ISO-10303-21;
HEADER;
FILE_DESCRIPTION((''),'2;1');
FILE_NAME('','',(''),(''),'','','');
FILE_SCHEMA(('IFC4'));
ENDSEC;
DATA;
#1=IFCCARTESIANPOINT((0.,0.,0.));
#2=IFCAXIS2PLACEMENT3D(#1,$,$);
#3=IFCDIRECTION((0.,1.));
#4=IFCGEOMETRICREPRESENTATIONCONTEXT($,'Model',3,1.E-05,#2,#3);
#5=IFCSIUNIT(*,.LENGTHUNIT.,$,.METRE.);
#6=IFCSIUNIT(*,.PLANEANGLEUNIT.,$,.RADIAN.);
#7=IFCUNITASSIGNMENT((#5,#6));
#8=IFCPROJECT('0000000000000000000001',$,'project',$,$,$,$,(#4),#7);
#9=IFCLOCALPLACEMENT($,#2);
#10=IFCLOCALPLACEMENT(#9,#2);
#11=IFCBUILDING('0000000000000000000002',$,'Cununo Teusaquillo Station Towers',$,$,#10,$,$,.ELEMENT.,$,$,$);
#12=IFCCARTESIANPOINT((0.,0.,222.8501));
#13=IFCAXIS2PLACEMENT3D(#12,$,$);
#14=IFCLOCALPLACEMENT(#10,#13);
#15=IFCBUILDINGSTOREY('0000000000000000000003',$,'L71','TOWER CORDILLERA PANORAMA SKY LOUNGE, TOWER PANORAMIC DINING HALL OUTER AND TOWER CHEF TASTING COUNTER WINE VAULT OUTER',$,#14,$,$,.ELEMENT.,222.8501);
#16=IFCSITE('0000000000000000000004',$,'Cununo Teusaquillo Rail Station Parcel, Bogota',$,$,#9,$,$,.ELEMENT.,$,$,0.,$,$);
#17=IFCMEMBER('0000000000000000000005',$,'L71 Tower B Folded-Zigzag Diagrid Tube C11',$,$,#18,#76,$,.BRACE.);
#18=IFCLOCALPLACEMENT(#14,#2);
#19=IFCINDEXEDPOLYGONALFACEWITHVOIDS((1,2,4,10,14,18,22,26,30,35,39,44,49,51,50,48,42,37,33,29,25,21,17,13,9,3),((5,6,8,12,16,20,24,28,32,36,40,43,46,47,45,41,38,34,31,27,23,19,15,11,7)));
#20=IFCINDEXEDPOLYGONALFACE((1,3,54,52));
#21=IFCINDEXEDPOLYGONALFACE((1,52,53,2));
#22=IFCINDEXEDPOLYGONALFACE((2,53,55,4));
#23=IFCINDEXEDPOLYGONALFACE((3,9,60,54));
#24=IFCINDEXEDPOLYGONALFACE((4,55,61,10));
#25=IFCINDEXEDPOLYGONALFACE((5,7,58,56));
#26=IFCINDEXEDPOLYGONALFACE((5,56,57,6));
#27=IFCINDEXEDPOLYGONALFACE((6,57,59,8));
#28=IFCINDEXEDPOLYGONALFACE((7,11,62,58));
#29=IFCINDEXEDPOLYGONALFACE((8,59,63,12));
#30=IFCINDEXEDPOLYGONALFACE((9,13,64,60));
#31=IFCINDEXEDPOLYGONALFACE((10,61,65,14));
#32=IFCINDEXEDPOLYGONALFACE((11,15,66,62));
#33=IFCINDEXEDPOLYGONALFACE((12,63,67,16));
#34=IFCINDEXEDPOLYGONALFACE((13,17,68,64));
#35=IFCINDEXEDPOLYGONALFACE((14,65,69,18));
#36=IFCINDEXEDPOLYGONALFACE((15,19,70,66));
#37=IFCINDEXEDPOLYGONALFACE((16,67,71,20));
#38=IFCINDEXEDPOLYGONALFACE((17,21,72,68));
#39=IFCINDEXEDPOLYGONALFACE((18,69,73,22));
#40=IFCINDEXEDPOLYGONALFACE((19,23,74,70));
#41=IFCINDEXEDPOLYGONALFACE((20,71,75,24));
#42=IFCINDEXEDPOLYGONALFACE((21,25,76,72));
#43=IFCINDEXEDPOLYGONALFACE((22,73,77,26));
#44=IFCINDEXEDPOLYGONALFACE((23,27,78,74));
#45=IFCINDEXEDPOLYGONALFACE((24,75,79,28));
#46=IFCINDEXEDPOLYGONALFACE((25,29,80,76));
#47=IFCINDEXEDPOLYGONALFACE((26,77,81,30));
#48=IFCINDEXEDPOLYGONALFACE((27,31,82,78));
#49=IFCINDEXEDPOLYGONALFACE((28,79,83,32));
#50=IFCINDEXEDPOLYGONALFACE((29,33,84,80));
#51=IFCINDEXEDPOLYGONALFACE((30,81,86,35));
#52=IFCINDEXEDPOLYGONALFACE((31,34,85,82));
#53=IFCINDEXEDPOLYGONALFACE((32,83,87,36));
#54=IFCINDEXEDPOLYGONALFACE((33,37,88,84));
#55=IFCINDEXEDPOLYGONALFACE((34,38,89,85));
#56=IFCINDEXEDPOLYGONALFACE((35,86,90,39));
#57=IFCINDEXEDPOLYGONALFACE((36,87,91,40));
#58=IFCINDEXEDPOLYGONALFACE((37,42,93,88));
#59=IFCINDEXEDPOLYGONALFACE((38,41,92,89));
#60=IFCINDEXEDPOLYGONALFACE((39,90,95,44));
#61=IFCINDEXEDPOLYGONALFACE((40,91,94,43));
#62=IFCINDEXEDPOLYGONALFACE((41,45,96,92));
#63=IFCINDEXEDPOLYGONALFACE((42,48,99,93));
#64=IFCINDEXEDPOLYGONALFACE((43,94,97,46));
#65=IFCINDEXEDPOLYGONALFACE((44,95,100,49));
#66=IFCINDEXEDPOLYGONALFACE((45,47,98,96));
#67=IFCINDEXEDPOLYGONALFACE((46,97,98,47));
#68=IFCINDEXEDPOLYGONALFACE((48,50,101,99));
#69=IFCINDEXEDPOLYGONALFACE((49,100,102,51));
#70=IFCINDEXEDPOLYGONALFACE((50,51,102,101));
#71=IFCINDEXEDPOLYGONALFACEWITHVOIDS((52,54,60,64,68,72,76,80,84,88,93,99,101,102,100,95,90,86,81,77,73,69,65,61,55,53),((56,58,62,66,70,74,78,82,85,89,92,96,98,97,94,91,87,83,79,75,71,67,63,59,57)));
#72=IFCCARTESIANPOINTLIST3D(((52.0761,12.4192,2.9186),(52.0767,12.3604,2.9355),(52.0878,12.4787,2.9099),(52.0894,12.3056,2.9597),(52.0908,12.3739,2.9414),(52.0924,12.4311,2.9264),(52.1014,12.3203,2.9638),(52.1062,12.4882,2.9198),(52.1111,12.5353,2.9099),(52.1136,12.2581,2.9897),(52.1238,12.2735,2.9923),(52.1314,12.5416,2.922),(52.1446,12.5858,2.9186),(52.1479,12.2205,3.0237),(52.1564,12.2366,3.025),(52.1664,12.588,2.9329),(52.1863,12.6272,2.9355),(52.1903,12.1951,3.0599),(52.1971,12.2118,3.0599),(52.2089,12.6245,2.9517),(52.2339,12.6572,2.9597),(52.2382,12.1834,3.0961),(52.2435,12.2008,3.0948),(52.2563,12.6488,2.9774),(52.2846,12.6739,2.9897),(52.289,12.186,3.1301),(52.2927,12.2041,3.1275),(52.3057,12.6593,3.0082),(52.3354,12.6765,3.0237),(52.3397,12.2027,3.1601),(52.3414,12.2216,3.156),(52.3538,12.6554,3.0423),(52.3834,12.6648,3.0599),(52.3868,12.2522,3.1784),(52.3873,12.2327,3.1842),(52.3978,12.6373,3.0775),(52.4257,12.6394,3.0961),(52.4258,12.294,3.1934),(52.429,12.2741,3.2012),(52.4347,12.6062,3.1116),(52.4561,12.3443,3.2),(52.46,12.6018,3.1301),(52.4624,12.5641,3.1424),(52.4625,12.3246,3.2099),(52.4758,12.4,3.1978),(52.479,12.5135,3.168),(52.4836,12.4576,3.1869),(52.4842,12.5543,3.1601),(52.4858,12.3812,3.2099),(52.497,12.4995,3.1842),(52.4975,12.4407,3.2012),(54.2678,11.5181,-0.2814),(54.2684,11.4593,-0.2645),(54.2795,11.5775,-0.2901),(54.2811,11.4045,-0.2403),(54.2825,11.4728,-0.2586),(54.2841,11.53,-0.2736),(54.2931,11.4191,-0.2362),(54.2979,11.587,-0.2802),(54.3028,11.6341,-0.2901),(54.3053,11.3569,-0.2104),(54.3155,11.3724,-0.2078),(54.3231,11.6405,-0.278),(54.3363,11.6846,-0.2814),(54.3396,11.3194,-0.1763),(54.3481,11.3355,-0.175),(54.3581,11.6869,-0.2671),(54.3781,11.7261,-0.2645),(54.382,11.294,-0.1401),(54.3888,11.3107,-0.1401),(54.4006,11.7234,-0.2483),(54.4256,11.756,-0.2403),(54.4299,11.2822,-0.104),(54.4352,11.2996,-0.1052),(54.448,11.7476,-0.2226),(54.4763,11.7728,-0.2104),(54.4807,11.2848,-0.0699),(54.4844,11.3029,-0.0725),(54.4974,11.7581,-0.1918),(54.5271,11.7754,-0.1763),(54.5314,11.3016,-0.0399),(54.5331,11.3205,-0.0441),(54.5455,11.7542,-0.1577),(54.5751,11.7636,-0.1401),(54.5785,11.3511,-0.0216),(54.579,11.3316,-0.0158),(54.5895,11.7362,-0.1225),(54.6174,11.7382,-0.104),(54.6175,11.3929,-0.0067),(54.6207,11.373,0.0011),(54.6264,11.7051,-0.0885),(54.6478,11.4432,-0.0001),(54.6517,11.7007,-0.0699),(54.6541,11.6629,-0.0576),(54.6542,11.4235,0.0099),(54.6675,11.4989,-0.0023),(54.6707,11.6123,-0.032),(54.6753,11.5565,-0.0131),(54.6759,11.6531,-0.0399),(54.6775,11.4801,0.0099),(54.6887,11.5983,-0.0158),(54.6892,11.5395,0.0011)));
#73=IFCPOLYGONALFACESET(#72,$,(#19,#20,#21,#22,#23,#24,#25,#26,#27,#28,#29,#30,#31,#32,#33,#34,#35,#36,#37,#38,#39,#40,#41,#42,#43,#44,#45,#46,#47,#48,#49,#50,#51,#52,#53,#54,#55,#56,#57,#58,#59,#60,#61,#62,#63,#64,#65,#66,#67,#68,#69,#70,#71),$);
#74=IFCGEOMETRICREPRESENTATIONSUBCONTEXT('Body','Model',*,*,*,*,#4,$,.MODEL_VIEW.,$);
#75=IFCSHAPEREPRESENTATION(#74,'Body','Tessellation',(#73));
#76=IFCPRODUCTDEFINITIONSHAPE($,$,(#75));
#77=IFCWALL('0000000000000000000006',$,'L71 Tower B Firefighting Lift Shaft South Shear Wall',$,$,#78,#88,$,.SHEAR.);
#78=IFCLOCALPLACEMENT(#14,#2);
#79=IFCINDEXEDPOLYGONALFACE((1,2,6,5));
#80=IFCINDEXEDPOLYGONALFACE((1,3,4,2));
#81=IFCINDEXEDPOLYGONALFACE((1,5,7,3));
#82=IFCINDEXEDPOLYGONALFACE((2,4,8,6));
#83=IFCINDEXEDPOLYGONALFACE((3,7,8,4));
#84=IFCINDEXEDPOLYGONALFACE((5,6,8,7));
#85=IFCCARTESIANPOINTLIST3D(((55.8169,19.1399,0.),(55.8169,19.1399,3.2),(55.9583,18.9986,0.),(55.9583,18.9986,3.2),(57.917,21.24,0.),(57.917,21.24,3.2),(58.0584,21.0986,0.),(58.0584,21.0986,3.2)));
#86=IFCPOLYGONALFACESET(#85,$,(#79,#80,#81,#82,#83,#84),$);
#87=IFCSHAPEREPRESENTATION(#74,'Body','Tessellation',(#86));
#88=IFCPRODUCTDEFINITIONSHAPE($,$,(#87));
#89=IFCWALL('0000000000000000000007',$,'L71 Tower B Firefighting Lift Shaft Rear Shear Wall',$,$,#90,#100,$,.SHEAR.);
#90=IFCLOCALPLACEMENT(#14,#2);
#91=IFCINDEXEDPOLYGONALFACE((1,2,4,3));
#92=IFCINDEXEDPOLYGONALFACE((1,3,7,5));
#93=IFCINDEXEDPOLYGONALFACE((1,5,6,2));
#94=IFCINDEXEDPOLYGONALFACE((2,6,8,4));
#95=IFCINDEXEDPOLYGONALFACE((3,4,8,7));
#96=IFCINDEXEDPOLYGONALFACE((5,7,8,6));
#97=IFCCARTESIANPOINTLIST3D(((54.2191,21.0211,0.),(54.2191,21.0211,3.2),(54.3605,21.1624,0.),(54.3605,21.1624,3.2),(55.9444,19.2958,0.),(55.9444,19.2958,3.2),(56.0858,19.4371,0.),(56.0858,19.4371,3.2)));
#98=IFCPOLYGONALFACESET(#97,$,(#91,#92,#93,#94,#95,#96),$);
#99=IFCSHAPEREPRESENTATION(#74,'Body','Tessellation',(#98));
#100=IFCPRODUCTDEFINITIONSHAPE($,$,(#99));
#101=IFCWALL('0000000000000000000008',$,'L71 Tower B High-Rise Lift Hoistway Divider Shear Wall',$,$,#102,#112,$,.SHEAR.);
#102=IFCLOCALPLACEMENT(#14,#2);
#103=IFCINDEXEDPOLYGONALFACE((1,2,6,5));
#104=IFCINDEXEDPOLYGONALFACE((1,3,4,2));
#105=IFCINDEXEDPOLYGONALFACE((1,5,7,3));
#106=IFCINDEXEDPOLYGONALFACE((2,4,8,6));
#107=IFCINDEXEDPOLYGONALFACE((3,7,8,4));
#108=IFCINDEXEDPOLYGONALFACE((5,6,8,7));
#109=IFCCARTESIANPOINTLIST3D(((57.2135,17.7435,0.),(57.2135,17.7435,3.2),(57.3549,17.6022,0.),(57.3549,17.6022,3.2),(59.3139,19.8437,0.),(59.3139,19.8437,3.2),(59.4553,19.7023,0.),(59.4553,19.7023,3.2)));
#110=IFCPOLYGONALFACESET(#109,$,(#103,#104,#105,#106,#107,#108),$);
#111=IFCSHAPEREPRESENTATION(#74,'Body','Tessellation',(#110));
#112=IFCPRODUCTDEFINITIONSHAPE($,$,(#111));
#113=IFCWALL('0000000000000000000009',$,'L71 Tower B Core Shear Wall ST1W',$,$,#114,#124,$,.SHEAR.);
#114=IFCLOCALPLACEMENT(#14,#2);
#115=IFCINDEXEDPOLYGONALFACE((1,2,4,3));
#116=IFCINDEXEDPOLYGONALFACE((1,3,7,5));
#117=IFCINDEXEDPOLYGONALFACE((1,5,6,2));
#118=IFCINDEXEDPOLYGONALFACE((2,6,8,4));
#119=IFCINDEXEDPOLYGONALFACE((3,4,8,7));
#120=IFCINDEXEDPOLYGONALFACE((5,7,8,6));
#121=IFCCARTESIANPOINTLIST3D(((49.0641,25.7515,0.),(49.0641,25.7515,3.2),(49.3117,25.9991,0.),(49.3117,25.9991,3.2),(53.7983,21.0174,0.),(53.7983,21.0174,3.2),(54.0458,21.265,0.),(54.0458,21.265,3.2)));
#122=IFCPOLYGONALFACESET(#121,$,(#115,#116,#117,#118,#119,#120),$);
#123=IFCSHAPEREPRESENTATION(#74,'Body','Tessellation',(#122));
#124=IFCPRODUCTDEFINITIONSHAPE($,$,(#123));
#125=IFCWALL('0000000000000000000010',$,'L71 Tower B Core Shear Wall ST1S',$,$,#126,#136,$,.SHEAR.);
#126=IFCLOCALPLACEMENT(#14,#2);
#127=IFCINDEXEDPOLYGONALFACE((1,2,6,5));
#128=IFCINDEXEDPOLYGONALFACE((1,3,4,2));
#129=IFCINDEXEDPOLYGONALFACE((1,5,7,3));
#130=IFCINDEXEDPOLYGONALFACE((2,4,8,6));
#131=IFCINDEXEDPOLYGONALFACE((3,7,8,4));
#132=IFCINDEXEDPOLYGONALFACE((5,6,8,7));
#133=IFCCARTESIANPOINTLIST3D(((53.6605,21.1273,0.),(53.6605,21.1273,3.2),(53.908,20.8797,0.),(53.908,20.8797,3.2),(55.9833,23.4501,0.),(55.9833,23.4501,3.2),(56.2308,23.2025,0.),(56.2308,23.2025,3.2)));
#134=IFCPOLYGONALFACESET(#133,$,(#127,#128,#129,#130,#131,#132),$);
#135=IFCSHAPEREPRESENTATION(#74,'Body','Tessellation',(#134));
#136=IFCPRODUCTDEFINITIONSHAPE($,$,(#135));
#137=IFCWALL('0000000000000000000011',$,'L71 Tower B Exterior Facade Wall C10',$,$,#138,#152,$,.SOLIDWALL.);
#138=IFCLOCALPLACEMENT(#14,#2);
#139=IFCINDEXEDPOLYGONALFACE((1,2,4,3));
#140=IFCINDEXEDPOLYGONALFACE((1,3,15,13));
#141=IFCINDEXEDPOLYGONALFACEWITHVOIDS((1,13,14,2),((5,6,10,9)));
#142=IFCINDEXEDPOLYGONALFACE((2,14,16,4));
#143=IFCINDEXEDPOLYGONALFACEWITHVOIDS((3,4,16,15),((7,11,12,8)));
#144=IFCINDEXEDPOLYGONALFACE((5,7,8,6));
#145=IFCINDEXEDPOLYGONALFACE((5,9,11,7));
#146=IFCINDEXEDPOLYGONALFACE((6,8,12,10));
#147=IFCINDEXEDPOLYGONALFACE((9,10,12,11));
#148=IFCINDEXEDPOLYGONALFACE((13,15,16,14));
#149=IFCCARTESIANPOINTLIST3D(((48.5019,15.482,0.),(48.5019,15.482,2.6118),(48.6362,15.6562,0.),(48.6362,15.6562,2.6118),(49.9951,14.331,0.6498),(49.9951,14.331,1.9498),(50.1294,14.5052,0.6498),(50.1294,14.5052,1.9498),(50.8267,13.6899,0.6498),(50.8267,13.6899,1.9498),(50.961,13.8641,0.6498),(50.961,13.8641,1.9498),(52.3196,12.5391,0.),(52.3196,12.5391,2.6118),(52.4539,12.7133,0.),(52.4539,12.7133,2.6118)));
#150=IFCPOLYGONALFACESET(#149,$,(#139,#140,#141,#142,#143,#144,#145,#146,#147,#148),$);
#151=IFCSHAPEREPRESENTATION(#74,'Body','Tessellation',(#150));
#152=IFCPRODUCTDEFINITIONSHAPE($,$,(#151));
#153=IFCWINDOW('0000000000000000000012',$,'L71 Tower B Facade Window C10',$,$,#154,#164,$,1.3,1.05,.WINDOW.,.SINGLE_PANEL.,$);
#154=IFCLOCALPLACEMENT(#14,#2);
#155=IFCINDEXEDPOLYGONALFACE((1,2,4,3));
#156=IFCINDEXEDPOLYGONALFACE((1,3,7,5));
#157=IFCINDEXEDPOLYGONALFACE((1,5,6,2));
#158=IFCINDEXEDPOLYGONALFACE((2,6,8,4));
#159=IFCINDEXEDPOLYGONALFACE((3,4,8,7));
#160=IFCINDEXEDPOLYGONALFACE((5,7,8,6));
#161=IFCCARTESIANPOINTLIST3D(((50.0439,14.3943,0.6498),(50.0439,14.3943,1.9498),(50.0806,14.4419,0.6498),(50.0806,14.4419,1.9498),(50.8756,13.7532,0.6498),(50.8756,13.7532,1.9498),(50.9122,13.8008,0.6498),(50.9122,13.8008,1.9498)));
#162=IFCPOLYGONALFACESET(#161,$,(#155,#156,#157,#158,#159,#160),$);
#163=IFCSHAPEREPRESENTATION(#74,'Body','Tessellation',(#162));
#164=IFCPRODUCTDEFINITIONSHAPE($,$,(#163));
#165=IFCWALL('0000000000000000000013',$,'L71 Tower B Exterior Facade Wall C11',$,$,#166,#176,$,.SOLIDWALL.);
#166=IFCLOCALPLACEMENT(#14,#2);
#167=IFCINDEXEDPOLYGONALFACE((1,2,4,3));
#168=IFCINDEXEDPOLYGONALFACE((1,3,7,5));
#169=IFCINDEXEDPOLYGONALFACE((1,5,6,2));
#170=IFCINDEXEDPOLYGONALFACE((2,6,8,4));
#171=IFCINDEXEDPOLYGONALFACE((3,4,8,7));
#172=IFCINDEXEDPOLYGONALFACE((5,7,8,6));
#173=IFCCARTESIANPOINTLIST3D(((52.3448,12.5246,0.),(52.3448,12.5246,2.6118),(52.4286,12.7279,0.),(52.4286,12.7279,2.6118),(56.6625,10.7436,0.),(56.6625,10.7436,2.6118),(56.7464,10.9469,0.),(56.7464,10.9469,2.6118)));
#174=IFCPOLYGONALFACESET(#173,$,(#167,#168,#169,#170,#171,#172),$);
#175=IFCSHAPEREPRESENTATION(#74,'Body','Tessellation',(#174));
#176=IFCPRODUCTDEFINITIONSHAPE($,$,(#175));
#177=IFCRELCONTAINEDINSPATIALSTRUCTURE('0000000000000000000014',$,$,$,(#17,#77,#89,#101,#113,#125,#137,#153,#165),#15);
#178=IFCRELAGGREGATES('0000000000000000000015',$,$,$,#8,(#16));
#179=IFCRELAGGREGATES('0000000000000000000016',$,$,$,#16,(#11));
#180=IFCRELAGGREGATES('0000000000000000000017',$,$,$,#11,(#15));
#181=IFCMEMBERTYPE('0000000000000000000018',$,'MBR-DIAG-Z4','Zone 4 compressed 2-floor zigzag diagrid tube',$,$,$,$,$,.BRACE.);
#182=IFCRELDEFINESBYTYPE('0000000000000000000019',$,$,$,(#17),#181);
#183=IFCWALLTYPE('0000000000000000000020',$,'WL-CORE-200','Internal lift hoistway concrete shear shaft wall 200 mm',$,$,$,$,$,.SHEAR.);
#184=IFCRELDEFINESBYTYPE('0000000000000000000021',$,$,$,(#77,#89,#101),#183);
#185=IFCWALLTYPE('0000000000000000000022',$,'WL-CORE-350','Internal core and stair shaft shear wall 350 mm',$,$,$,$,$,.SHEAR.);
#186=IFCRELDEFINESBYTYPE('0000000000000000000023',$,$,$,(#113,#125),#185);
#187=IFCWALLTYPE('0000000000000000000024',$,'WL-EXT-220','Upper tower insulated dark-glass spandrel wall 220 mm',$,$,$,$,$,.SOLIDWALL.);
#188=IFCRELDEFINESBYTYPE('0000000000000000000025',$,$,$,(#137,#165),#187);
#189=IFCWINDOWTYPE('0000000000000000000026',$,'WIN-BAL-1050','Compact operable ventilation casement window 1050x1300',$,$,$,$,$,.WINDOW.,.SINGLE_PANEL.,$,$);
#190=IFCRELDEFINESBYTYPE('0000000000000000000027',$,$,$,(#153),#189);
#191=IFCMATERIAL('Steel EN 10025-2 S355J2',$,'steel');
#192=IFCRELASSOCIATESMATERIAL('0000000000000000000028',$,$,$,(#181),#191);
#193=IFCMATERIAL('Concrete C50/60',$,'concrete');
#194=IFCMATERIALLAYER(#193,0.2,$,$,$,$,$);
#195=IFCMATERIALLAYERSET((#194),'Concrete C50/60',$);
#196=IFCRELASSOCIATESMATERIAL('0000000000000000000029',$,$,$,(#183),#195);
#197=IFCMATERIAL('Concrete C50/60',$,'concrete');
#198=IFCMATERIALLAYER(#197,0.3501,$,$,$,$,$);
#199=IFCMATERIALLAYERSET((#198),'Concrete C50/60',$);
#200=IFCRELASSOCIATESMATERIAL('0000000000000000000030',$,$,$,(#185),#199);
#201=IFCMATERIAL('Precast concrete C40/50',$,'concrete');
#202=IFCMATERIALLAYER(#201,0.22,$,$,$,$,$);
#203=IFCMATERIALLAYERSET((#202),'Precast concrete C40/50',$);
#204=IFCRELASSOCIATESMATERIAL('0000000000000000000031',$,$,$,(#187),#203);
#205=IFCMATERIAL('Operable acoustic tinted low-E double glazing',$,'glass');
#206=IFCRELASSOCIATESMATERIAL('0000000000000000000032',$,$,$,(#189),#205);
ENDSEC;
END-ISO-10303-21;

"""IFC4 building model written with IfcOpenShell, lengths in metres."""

from ifc_helpers import new_model, si_unit, direction, frame, frame_2d, origin, origin_2d, place, context, subcontext, project, spatial, rectangle, hollow_circle, extrude, source, transform, mapped, material, layer, layer_set, material_profile, profile_set, type_object, element, fill, save


model = new_model("IFC4")

# Units and contexts
model_context = context("Model", 3, precision=1e-05, world=origin(), true_north=direction((0.0, 1.0)))
body_context = subcontext(model_context, "Body", "Model", "MODEL_VIEW")
ifc_project = project(units=[si_unit("LENGTHUNIT", "METRE"), si_unit("PLANEANGLEUNIT", "RADIAN")], contexts=[model_context])

# Site, building, storey
site_placement = place(None, origin())
site = spatial("IfcSite", under=ifc_project, at=site_placement, Name="Cununo Teusaquillo Rail Station Parcel, Bogota", CompositionType="ELEMENT", RefElevation=0.0)
building_placement = place(site_placement, origin())
building = spatial("IfcBuilding", under=site, at=building_placement, Name="Cununo Teusaquillo Station Towers", CompositionType="ELEMENT")
storey_placement = place(building_placement, frame((0.0, 0.0, 222.8501)))
storey = spatial("IfcBuildingStorey", under=building, at=storey_placement, Name="L71", Description="TOWER CORDILLERA PANORAMA SKY LOUNGE, TOWER PANORAMIC DINING HALL OUTER AND TOWER CHEF TASTING COUNTER WINE VAULT OUTER", CompositionType="ELEMENT", Elevation=222.8501)

# Member
ifc_material_1 = material(Name="Steel EN 10025-2 S355J2", Category="steel")
ifc_material_profile_1 = material_profile(ifc_material_1, hollow_circle(Radius=0.2539, WallThickness=0.0181, at=origin_2d()), Name="CHS 508x18")
ifc_profile_set_1 = profile_set([ifc_material_profile_1], Name="Steel EN 10025-2 S355J2")
member_type = type_object("IfcMemberType", Name="MBR-DIAG-Z4", Description="Zone 4 compressed 2-floor zigzag diagrid tube", PredefinedType="BRACE", material=ifc_profile_set_1)
member_placement = place(storey_placement, frame((54.4785, 11.5288, -0.1401), z_axis=(-0.550412, 0.226308, 0.803637), x_axis=(-0.380273, -0.924874, 0.0)))
element("IfcMember", 1, at=member_placement, inside=storey, type_object=member_type, Name="L71 Tower B Folded-Zigzag Diagrid Tube C11", PredefinedType="BRACE", context=body_context, shape_type="SweptSolid", body=[
    extrude(hollow_circle(Radius=0.2539, WallThickness=0.0181, at=origin_2d()), origin(), (0.0, 0.0, 1.0), 3.9819),
])

# Walls
ifc_material_2 = material(Name="Concrete C50/60", Category="concrete")
ifc_layer_1 = layer(ifc_material_2, 0.2)
ifc_layer_set_1 = layer_set([ifc_layer_1], Name="Concrete C50/60")
wall_type_1 = type_object("IfcWallType", Name="WL-CORE-200", Description="Internal lift hoistway concrete shear shaft wall 200 mm", PredefinedType="SHEAR", material=ifc_layer_set_1)
wall_1_placement = place(storey_placement, frame((55.8877, 19.0693, 0.0), z_axis=(0.0, 0.0, 1.0), x_axis=(0.707107, 0.707107, 0.0)))
element("IfcWall", 2, at=wall_1_placement, inside=storey, type_object=wall_type_1, Name="L71 Tower B Firefighting Lift Shaft South Shear Wall", PredefinedType="SHEAR", context=body_context, shape_type="SweptSolid", body=[
    extrude(rectangle(XDim=2.97, YDim=0.2, at=frame_2d((1.4849, 0.0))), origin(), (0.0, 0.0, 1.0), 3.2),
])
wall_2_placement = place(storey_placement, frame((56.0151, 19.3665, 0.0), z_axis=(0.0, 0.0, 1.0), x_axis=(-0.707107, 0.707107, 0.0)))
element("IfcWall", 3, at=wall_2_placement, inside=storey, type_object=wall_type_1, Name="L71 Tower B Firefighting Lift Shaft Rear Shear Wall", PredefinedType="SHEAR", context=body_context, shape_type="SweptSolid", body=[
    extrude(rectangle(XDim=2.4399, YDim=0.2, at=frame_2d((1.22, 0.0))), origin(), (0.0, 0.0, 1.0), 3.2),
])
wall_3_placement = place(storey_placement, frame((57.2842, 17.6729, 0.0), z_axis=(0.0, 0.0, 1.0), x_axis=(0.707148, 0.707066, 0.0)))
element("IfcWall", 4, at=wall_3_placement, inside=storey, type_object=wall_type_1, Name="L71 Tower B High-Rise Lift Hoistway Divider Shear Wall", PredefinedType="SHEAR", context=body_context, shape_type="SweptSolid", body=[
    extrude(rectangle(XDim=2.9702, YDim=0.2, at=frame_2d((1.4851, 0.0))), origin(), (0.0, 0.0, 1.0), 3.2),
])
ifc_material_3 = material(Name="Concrete C50/60", Category="concrete")
ifc_layer_2 = layer(ifc_material_3, 0.3501)
ifc_layer_set_2 = layer_set([ifc_layer_2], Name="Concrete C50/60")
wall_type_2 = type_object("IfcWallType", Name="WL-CORE-350", Description="Internal core and stair shaft shear wall 350 mm", PredefinedType="SHEAR", material=ifc_layer_set_2)
wall_4_placement = place(storey_placement, frame((53.9221, 21.1411, 0.0), z_axis=(0.0, 0.0, 1.0), x_axis=(-0.707107, 0.707107, 0.0)))
element("IfcWall", 5, at=wall_4_placement, inside=storey, type_object=wall_type_2, Name="L71 Tower B Core Shear Wall ST1W", PredefinedType="SHEAR", context=body_context, shape_type="SweptSolid", body=[
    extrude(rectangle(XDim=6.6951, YDim=0.3501, at=frame_2d((3.3477, 0.0))), origin(), (0.0, 0.0, 1.0), 3.2),
])
wall_5_placement = place(storey_placement, frame((53.7842, 21.0034, 0.0), z_axis=(0.0, 0.0, 1.0), x_axis=(0.707107, 0.707107, 0.0)))
element("IfcWall", 6, at=wall_5_placement, inside=storey, type_object=wall_type_2, Name="L71 Tower B Core Shear Wall ST1S", PredefinedType="SHEAR", context=body_context, shape_type="SweptSolid", body=[
    extrude(rectangle(XDim=3.2849, YDim=0.3501, at=frame_2d((1.6426, 0.0))), origin(), (0.0, 0.0, 1.0), 3.2),
])

# Wall, opening, window
ifc_material_4 = material(Name="Precast concrete C40/50", Category="concrete")
ifc_layer_3 = layer(ifc_material_4, 0.22)
ifc_layer_set_3 = layer_set([ifc_layer_3], Name="Precast concrete C40/50")
wall_type_3 = type_object("IfcWallType", Name="WL-EXT-220", Description="Upper tower insulated dark-glass spandrel wall 220 mm", PredefinedType="SOLIDWALL", material=ifc_layer_set_3)
wall_6_placement = place(storey_placement, frame((52.3867, 12.6262, 0.0), z_axis=(0.0, 0.0, 1.0), x_axis=(-0.791998, 0.610523, 0.0)))
wall_6 = element("IfcWall", 7, at=wall_6_placement, inside=storey, type_object=wall_type_3, Name="L71 Tower B Exterior Facade Wall C10", PredefinedType="SOLIDWALL", context=body_context, shape_type="SweptSolid", body=[
    extrude(rectangle(XDim=4.8203, YDim=0.22, at=frame_2d((2.4102, 0.0))), origin(), (0.0, 0.0, 1.0), 2.6118),
])
shared_shape_1 = source(origin(), body_context, "Body", "SweptSolid", [
    extrude(rectangle(XDim=1.05, YDim=1.3, at=frame_2d((0.5249, 0.6499))), frame((0.0, 0.1199, 0.0), z_axis=(0.0, -1.0, 0.0), x_axis=(1.0, 0.0, 0.0)), (0.0, 0.0, 1.0), 0.24),
])
opening_1_placement = place(wall_6_placement, frame((1.885, 0.0, 0.6499)))
opening_1 = element("IfcOpeningElement", 8, at=opening_1_placement, cuts=wall_6, PredefinedType="OPENING", context=body_context, shape_type="MappedRepresentation", body=[
    mapped(shared_shape_1, transform((0.0, 0.0, 0.0), x_axis=(1.0, 0.0, 0.0), y_axis=(0.0, 1.0, 0.0), z_axis=(0.0, 0.0, 1.0), scale=1.0)),
])
ifc_material_5 = material(Name="Operable acoustic tinted low-E double glazing", Category="glass")
window_type = type_object("IfcWindowType", Name="WIN-BAL-1050", Description="Compact operable ventilation casement window 1050x1300", PartitioningType="SINGLE_PANEL", PredefinedType="WINDOW", material=ifc_material_5)
shared_shape_2 = source(origin(), body_context, "Body", "SweptSolid", [
    extrude(rectangle(XDim=1.05, YDim=1.3, at=frame_2d((0.5249, 0.6499))), frame((0.0, 0.03, 0.0), z_axis=(0.0, -1.0, 0.0), x_axis=(1.0, 0.0, 0.0)), (0.0, 0.0, 1.0), 0.0601),
])
window_placement = place(opening_1_placement, origin())
window = element("IfcWindow", 9, at=window_placement, inside=storey, type_object=window_type, Name="L71 Tower B Facade Window C10", OverallHeight=1.3, OverallWidth=1.05, PartitioningType="SINGLE_PANEL", PredefinedType="WINDOW", context=body_context, shape_type="MappedRepresentation", body=[
    mapped(shared_shape_2, transform((0.0, 0.0, 0.0), x_axis=(1.0, 0.0, 0.0), y_axis=(0.0, 1.0, 0.0), z_axis=(0.0, 0.0, 1.0), scale=1.0)),
])
fill(opening_1, window)

# Wall
wall_7_placement = place(storey_placement, frame((56.7046, 10.8452, 0.0), z_axis=(0.0, 0.0, 1.0), x_axis=(-0.924447, 0.38131, 0.0)))
element("IfcWall", 10, at=wall_7_placement, inside=storey, type_object=wall_type_3, Name="L71 Tower B Exterior Facade Wall C11", PredefinedType="SOLIDWALL", context=body_context, shape_type="SweptSolid", body=[
    extrude(rectangle(XDim=4.6707, YDim=0.22, at=frame_2d((2.3354, 0.0))), origin(), (0.0, 0.0, 1.0), 2.6118),
])

save(model, "model.ifc")
